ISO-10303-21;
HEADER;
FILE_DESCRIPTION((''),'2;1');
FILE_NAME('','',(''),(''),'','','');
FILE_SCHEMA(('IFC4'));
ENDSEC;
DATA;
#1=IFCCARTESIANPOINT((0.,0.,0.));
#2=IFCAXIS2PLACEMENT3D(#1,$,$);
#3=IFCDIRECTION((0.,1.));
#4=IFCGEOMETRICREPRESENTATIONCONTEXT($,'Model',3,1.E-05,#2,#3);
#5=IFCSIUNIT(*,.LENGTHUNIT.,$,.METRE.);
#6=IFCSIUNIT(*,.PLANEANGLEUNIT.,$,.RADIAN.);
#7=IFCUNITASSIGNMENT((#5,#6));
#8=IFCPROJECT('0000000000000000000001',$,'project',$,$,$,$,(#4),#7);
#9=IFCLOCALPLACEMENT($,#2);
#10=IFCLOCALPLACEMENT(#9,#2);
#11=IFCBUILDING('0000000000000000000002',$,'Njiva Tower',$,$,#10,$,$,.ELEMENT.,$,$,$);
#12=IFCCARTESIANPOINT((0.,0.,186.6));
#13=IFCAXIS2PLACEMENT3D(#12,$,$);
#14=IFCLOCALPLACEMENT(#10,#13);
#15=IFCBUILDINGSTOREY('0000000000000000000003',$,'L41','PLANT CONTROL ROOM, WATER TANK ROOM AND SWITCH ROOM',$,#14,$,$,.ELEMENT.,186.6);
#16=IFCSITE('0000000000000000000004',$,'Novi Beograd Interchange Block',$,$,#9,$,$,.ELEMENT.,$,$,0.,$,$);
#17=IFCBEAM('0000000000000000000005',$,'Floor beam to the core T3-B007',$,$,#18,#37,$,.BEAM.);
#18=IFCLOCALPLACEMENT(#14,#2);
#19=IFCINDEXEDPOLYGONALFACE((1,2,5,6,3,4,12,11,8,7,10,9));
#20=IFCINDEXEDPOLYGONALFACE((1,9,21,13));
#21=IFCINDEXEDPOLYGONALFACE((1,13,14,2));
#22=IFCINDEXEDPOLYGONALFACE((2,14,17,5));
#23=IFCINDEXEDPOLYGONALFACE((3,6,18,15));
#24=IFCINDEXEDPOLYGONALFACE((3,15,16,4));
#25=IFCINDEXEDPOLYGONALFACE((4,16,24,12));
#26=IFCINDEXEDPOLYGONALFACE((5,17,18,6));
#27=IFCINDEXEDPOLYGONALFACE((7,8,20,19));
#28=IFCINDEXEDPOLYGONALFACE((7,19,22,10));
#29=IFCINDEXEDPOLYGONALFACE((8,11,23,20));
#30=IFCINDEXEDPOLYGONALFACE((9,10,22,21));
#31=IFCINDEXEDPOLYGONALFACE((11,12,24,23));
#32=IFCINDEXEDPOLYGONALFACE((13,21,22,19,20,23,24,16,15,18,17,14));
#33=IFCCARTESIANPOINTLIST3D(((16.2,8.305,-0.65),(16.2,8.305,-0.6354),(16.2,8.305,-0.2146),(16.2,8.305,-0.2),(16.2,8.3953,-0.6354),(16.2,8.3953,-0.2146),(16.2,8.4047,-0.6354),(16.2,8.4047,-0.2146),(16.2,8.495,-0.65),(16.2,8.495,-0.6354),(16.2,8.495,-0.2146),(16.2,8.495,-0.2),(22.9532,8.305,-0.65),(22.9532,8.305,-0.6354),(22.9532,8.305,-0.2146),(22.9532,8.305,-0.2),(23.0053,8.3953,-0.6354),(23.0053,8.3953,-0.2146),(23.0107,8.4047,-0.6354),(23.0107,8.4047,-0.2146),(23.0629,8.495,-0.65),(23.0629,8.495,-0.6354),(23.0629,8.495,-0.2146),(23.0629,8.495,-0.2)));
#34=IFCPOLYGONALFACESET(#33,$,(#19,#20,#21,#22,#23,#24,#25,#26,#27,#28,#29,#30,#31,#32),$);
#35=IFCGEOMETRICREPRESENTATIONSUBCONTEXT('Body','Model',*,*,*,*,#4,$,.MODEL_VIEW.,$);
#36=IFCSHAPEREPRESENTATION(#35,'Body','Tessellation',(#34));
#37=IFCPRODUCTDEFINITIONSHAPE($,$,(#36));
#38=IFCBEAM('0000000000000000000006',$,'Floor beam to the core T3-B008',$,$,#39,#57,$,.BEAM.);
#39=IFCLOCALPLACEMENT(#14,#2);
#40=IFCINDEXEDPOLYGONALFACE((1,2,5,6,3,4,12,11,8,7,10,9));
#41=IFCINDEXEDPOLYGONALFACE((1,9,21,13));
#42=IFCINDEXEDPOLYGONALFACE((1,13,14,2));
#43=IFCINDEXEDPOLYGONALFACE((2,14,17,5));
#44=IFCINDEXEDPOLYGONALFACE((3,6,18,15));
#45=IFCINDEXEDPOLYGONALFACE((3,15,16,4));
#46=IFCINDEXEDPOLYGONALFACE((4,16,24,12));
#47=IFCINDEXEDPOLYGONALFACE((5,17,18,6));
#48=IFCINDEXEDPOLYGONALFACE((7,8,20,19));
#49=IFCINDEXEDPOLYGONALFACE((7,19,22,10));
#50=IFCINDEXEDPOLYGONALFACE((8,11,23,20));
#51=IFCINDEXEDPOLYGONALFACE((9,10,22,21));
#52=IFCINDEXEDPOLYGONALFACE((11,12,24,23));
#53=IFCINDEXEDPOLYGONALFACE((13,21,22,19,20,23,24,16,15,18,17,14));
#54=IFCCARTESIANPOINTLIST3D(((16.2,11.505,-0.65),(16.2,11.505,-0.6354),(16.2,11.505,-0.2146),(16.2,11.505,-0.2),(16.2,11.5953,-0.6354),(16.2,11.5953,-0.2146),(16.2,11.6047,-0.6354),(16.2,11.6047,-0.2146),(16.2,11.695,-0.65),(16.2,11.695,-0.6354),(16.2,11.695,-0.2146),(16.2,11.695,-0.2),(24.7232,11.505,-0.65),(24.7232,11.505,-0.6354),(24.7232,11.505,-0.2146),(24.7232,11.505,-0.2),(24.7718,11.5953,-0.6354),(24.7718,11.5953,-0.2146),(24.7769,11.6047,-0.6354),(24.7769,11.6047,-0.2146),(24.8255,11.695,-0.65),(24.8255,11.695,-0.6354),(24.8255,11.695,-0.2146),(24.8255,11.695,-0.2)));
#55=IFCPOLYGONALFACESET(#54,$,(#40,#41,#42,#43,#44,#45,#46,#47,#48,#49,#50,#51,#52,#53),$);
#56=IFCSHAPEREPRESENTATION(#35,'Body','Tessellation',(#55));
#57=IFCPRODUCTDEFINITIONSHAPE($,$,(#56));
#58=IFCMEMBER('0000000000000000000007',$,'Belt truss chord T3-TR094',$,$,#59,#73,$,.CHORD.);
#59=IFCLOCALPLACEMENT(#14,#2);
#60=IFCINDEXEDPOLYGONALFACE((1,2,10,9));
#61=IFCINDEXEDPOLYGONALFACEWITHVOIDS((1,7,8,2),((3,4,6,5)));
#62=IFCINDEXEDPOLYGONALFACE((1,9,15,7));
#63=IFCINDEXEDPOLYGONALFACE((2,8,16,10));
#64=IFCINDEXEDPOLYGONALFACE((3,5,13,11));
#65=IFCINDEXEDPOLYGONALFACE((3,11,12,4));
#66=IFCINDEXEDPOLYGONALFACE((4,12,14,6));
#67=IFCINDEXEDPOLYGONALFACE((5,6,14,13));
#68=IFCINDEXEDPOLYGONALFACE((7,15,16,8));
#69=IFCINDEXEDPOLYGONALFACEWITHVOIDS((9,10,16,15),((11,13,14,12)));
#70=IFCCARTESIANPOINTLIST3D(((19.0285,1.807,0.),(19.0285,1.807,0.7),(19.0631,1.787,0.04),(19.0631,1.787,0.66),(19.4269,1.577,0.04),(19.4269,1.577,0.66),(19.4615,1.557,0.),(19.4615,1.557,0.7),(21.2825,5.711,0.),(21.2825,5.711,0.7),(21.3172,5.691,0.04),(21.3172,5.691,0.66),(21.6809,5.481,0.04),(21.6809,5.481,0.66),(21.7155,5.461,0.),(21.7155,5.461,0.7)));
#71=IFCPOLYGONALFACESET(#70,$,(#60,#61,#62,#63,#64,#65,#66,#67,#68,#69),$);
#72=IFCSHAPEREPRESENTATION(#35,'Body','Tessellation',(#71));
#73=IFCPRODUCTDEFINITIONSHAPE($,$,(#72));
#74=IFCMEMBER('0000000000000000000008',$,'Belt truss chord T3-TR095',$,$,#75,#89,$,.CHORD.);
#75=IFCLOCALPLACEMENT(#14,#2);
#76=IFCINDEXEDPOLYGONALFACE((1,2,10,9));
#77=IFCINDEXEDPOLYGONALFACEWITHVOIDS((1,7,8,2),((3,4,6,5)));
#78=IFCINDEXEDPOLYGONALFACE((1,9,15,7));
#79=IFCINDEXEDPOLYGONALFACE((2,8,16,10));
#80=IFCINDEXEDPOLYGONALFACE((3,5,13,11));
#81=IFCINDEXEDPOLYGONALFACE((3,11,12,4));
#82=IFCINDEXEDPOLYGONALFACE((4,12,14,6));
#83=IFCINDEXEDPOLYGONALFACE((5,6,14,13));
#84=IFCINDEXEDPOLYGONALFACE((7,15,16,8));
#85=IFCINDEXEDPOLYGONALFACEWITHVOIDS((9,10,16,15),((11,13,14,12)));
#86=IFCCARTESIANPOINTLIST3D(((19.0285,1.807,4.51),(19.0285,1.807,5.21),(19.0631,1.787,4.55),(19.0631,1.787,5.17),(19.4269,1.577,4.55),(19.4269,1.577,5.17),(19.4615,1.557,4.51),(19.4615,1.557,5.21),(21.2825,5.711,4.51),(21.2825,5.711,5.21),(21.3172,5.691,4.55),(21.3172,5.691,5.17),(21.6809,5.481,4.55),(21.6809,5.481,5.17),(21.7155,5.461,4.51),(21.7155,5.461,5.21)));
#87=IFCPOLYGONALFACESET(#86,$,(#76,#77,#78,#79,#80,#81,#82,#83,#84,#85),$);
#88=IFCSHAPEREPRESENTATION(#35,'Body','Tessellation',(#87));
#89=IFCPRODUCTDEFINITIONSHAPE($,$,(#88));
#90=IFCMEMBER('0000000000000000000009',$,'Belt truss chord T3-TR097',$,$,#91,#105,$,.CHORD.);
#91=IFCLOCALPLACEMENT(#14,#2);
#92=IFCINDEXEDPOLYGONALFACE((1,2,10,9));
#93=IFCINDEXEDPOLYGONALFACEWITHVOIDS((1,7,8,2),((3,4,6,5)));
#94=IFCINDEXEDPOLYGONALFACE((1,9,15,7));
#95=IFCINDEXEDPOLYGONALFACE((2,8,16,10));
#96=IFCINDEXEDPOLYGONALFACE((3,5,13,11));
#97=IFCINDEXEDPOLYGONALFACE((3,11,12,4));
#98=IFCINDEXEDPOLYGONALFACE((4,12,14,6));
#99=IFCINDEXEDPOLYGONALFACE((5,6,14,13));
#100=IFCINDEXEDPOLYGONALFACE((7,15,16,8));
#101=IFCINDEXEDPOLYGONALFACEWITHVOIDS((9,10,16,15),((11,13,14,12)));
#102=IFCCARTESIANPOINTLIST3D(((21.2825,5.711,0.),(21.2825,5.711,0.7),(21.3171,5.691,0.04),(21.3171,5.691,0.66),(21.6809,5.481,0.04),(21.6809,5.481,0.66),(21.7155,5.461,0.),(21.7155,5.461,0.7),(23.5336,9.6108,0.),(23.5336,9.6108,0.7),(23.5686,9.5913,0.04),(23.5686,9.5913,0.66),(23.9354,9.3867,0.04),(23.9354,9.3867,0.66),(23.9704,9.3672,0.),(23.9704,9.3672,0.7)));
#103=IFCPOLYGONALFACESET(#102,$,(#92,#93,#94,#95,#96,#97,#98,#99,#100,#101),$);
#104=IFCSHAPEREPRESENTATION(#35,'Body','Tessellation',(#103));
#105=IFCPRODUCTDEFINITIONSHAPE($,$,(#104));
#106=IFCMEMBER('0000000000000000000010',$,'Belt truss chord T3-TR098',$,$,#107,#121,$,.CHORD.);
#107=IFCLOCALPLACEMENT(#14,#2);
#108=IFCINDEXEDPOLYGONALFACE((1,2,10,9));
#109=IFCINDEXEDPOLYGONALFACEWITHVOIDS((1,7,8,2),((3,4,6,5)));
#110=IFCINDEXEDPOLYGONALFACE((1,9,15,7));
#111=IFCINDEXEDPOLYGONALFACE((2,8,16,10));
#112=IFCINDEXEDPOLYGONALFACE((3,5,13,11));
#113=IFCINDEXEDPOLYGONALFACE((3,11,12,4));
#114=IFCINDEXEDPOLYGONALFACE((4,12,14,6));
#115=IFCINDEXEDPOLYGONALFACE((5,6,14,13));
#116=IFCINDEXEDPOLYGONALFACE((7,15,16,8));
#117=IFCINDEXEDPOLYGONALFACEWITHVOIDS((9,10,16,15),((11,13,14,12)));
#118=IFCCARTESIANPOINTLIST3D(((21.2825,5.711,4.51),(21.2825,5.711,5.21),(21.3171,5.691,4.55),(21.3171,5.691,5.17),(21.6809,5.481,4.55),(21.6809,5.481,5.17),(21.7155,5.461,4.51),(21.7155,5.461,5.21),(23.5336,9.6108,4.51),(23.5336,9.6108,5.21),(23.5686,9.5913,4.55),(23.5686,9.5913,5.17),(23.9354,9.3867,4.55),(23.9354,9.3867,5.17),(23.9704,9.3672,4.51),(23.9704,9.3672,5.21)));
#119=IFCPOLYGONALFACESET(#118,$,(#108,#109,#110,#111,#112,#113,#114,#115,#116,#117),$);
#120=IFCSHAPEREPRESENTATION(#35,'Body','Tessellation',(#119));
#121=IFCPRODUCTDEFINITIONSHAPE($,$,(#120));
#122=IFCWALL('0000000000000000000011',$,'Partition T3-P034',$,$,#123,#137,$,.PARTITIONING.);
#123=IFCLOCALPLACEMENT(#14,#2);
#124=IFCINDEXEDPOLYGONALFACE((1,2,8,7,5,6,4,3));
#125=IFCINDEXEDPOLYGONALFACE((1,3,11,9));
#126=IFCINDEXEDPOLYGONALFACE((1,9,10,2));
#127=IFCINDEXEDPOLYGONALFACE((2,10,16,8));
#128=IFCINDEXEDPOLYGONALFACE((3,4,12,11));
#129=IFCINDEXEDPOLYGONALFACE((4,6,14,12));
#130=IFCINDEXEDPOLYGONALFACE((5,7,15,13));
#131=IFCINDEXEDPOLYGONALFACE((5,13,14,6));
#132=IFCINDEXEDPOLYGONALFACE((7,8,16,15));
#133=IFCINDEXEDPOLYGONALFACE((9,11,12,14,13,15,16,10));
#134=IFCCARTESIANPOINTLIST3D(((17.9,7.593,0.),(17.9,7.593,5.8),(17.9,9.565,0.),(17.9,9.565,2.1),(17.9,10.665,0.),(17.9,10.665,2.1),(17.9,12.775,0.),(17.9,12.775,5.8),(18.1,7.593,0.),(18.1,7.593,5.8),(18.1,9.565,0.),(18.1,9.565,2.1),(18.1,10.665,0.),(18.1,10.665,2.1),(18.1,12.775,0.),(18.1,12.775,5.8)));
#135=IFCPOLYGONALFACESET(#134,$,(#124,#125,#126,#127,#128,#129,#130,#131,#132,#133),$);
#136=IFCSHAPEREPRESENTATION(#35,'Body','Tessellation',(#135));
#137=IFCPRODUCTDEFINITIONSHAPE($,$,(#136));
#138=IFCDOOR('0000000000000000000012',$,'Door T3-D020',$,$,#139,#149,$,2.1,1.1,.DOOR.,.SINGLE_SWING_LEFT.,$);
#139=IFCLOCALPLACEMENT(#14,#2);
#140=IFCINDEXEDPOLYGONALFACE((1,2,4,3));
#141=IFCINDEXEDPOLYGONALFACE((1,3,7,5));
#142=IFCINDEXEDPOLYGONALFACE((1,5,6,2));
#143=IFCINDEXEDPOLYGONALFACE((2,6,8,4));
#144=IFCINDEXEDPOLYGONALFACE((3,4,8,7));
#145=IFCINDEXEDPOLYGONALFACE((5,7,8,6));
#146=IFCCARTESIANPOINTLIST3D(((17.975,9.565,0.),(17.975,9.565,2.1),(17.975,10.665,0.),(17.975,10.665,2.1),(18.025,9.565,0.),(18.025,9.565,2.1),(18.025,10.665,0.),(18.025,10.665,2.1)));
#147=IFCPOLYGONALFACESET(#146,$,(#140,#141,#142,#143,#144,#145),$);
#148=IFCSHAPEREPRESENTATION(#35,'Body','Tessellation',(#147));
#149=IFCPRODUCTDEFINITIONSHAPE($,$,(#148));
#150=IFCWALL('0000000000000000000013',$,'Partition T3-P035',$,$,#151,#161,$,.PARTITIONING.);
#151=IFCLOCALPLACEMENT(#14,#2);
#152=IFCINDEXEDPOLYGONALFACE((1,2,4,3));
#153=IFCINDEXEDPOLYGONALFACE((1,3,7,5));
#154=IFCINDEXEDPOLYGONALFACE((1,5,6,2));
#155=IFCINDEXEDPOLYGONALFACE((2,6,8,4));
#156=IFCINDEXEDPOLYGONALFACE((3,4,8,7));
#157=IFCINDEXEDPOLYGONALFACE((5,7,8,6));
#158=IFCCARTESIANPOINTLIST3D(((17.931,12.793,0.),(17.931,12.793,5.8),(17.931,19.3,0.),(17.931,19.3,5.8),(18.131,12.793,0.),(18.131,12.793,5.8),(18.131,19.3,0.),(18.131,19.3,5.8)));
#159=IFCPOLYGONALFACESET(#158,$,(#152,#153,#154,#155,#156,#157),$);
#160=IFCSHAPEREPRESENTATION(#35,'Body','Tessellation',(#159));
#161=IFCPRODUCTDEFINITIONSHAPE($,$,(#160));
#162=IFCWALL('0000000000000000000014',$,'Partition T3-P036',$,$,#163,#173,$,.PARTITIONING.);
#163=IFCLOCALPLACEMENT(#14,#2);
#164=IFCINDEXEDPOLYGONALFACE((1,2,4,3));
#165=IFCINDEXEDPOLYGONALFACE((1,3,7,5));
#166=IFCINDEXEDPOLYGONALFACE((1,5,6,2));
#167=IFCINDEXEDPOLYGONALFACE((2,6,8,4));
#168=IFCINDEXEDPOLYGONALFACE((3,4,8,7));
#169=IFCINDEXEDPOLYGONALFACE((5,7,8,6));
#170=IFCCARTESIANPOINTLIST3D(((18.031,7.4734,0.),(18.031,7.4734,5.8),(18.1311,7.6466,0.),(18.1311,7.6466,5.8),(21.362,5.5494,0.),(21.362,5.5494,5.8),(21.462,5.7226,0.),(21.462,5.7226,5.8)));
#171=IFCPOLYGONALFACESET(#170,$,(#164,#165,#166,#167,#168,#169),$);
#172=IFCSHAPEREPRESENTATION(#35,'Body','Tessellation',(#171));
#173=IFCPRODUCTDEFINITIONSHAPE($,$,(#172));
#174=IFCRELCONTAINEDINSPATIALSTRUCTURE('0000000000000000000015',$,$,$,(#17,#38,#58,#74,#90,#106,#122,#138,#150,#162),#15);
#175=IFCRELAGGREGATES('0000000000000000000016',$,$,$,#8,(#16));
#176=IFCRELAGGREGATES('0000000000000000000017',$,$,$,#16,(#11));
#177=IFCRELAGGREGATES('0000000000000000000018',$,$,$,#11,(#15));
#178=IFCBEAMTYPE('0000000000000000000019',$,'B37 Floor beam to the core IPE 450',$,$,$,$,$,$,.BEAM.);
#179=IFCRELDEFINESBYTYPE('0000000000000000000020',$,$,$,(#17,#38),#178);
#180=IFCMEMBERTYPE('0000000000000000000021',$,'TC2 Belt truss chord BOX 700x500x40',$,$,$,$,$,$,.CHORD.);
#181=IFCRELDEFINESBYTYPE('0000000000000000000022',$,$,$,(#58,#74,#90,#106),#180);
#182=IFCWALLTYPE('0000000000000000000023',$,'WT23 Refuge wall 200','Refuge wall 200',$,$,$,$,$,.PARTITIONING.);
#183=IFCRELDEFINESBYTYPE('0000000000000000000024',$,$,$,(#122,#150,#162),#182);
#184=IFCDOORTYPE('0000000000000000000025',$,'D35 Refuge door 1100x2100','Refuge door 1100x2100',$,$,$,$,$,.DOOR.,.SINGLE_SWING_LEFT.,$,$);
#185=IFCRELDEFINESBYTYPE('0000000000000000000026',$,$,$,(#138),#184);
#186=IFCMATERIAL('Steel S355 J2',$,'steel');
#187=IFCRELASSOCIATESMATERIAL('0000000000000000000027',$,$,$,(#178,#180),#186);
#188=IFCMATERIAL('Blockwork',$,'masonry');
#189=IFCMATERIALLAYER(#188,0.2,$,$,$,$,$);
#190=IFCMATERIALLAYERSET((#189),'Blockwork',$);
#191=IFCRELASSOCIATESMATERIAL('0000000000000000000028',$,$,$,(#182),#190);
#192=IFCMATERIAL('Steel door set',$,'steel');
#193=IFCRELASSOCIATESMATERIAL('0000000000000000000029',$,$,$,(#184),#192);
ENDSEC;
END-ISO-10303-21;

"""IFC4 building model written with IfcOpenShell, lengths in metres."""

from ifc_helpers import new_model, si_unit, direction, frame, frame_2d, origin, origin_2d, place, context, subcontext, project, spatial, rectangle, hollow_rectangle, i_section, extrude, clip, halfspace, material, layer, layer_set, material_profile, profile_set, type_object, element, fill, save


model = new_model("IFC4")

# Units and contexts
model_context = context("Model", 3, precision=1e-05, world=origin(), true_north=direction((0.0, 1.0)))
body_context = subcontext(model_context, "Body", "Model", "MODEL_VIEW")
ifc_project = project(units=[si_unit("LENGTHUNIT", "METRE"), si_unit("PLANEANGLEUNIT", "RADIAN")], contexts=[model_context])

# Site, building, storey
site_placement = place(None, origin())
site = spatial("IfcSite", under=ifc_project, at=site_placement, Name="Novi Beograd Interchange Block", CompositionType="ELEMENT", RefElevation=0.0)
building_placement = place(site_placement, origin())
building = spatial("IfcBuilding", under=site, at=building_placement, Name="Njiva Tower", CompositionType="ELEMENT")
storey_placement = place(building_placement, frame((0.0, 0.0, 186.6)))
storey = spatial("IfcBuildingStorey", under=building, at=storey_placement, Name="L41", Description="PLANT CONTROL ROOM, WATER TANK ROOM AND SWITCH ROOM", CompositionType="ELEMENT", Elevation=186.6)

# Shared definitions
ifc_material_1 = material(Name="Steel S355 J2", Category="steel")

# Beams
ifc_material_profile_1 = material_profile(ifc_material_1, i_section(OverallWidth=0.19, OverallDepth=0.45, WebThickness=0.0094, FlangeThickness=0.0146, at=origin_2d()), Name="IPE 450")
ifc_profile_set_1 = profile_set([ifc_material_profile_1], Name="Steel S355 J2")
beam_type_1 = type_object("IfcBeamType", Name="B37 Floor beam to the core IPE 450", PredefinedType="BEAM", material=ifc_profile_set_1)
beam_1_placement = place(storey_placement, frame((16.2, 8.4, -0.425), z_axis=(1.0, 0.0, 0.0), x_axis=(0.0, 1.0, 0.0)))
element("IfcBeam", 1, at=beam_1_placement, inside=storey, type_object=beam_type_1, Name="Floor beam to the core T3-B007", PredefinedType="BEAM", context=body_context, shape_type="Clipping", body=[
    clip(extrude(i_section(OverallWidth=0.19, OverallDepth=0.45, WebThickness=0.0094, FlangeThickness=0.0146, at=origin_2d()), origin(), (0.0, 0.0, 1.0), 6.883), halfspace(frame((-0.025, 0.0, 6.7936), z_axis=(-0.499998, 0.0, 0.866027), x_axis=(0.0, 1.0, 0.0)), False)),
])
beam_2_placement = place(storey_placement, frame((16.2, 11.6, -0.425), z_axis=(1.0, 0.0, 0.0), x_axis=(0.0, 1.0, 0.0)))
element("IfcBeam", 2, at=beam_2_placement, inside=storey, type_object=beam_type_1, Name="Floor beam to the core T3-B008", PredefinedType="BEAM", context=body_context, shape_type="Clipping", body=[
    clip(extrude(i_section(OverallWidth=0.19, OverallDepth=0.45, WebThickness=0.0094, FlangeThickness=0.0146, at=origin_2d()), origin(), (0.0, 0.0, 1.0), 8.645), halfspace(frame((-0.0237, 0.0, 8.5616), z_axis=(-0.473769, 0.0, 0.880649), x_axis=(0.0, 1.0, 0.0)), False)),
])

# Members
ifc_material_profile_2 = material_profile(ifc_material_1, hollow_rectangle(XDim=0.5, YDim=0.7, WallThickness=0.04, at=origin_2d()), Name="BOX 700x500x40")
ifc_profile_set_2 = profile_set([ifc_material_profile_2], Name="Steel S355 J2")
member_type_1 = type_object("IfcMemberType", Name="TC2 Belt truss chord BOX 700x500x40", PredefinedType="CHORD", material=ifc_profile_set_2)
for number, where, z_axis, x_axis, name in (
    (3, (19.245, 1.682, 0.35), (0.500004, 0.866023, 0.0), (-0.866023, 0.500004, 0.0), "Belt truss chord T3-TR094"),
    (4, (19.245, 1.682, 4.86), (0.500004, 0.866023, 0.0), (-0.866023, 0.500004, 0.0), "Belt truss chord T3-TR095"),
):
    element("IfcMember", number, at=place(storey_placement, frame(where, z_axis=z_axis, x_axis=x_axis)), inside=storey, type_object=member_type_1, Name=name, PredefinedType="CHORD", context=body_context, shape_type="SweptSolid", body=[
        extrude(hollow_rectangle(XDim=0.5, YDim=0.7, WallThickness=0.04, at=origin_2d()), origin(), (0.0, 0.0, 1.0), 4.508),
    ])
member_1_placement = place(storey_placement, frame((21.499, 5.586, 0.35), z_axis=(0.499934, 0.866064, 0.0), x_axis=(-0.866064, 0.499934, 0.0)))
element("IfcMember", 5, at=member_1_placement, inside=storey, type_object=member_type_1, Name="Belt truss chord T3-TR097", PredefinedType="CHORD", context=body_context, shape_type="Clipping", body=[
    clip(extrude(hollow_rectangle(XDim=0.5, YDim=0.7, WallThickness=0.04, at=origin_2d()), origin(), (0.0, 0.0, 1.0), 4.5406), halfspace(frame((0.0, -186.95, 4.5066), z_axis=(0.014905, 0.0, 0.999889), x_axis=(0.0, 1.0, 0.0)), False)),
])
member_2_placement = place(storey_placement, frame((21.499, 5.586, 4.86), z_axis=(0.499934, 0.866064, 0.0), x_axis=(-0.866064, 0.499934, 0.0)))
element("IfcMember", 6, at=member_2_placement, inside=storey, type_object=member_type_1, Name="Belt truss chord T3-TR098", PredefinedType="CHORD", context=body_context, shape_type="Clipping", body=[
    clip(extrude(hollow_rectangle(XDim=0.5, YDim=0.7, WallThickness=0.04, at=origin_2d()), origin(), (0.0, 0.0, 1.0), 4.5406), halfspace(frame((0.0, -191.46, 4.5066), z_axis=(0.014905, 0.0, 0.999889), x_axis=(0.0, 1.0, 0.0)), False)),
])

# Wall, opening, door
ifc_material_2 = material(Name="Blockwork", Category="masonry")
ifc_layer = layer(ifc_material_2, 0.2)
ifc_layer_set = layer_set([ifc_layer], Name="Blockwork")
wall_type = type_object("IfcWallType", Name="WT23 Refuge wall 200", Description="Refuge wall 200", PredefinedType="PARTITIONING", material=ifc_layer_set)
wall_1_placement = place(storey_placement, frame((18.0, 7.593, 0.0), z_axis=(0.0, 0.0, 1.0), x_axis=(0.0, 1.0, 0.0)))
wall_1 = element("IfcWall", 7, at=wall_1_placement, inside=storey, type_object=wall_type, Name="Partition T3-P034", PredefinedType="PARTITIONING", context=body_context, shape_type="SweptSolid", body=[
    extrude(rectangle(XDim=5.182, YDim=0.2, at=frame_2d((2.591, 0.0))), origin(), (0.0, 0.0, 1.0), 5.8),
])
opening_placement = place(wall_1_placement, frame((1.972, 0.0, 0.0)))
opening = element("IfcOpeningElement", 8, at=opening_placement, cuts=wall_1, PredefinedType="OPENING", context=body_context, shape_type="SweptSolid", body=[
    extrude(rectangle(XDim=1.1, YDim=2.1, at=frame_2d((0.55, 1.05))), frame((0.0, 0.11, 0.0), z_axis=(0.0, -1.0, 0.0), x_axis=(1.0, 0.0, 0.0)), (0.0, 0.0, 1.0), 0.22),
])
ifc_material_3 = material(Name="Steel door set", Category="steel")
door_type = type_object("IfcDoorType", Name="D35 Refuge door 1100x2100", Description="Refuge door 1100x2100", OperationType="SINGLE_SWING_LEFT", PredefinedType="DOOR", material=ifc_material_3)
door_placement = place(opening_placement, origin())
door = element("IfcDoor", 9, at=door_placement, inside=storey, type_object=door_type, Name="Door T3-D020", OperationType="SINGLE_SWING_LEFT", OverallHeight=2.1, OverallWidth=1.1, PredefinedType="DOOR", context=body_context, shape_type="SweptSolid", body=[
    extrude(rectangle(XDim=1.1, YDim=2.1, at=frame_2d((0.55, 1.05))), frame((0.0, 0.025, 0.0), z_axis=(0.0, -1.0, 0.0), x_axis=(1.0, 0.0, 0.0)), (0.0, 0.0, 1.0), 0.05),
])
fill(opening, door)

# Walls
wall_2_placement = place(storey_placement, frame((18.031, 12.793, 0.0), z_axis=(0.0, 0.0, 1.0), x_axis=(0.0, 1.0, 0.0)))
element("IfcWall", 10, at=wall_2_placement, inside=storey, type_object=wall_type, Name="Partition T3-P035", PredefinedType="PARTITIONING", context=body_context, shape_type="SweptSolid", body=[
    extrude(rectangle(XDim=6.507, YDim=0.2, at=frame_2d((3.2535, 0.0))), origin(), (0.0, 0.0, 1.0), 5.8),
])
wall_3_placement = place(storey_placement, frame((18.081, 7.56, 0.0), z_axis=(0.0, 0.0, 1.0), x_axis=(0.86593, -0.500165, 0.0)))
element("IfcWall", 11, at=wall_3_placement, inside=storey, type_object=wall_type, Name="Partition T3-P036", PredefinedType="PARTITIONING", context=body_context, shape_type="SweptSolid", body=[
    extrude(rectangle(XDim=3.8467, YDim=0.2, at=frame_2d((1.9234, 0.0))), origin(), (0.0, 0.0, 1.0), 5.8),
])

save(model, "model.ifc")
